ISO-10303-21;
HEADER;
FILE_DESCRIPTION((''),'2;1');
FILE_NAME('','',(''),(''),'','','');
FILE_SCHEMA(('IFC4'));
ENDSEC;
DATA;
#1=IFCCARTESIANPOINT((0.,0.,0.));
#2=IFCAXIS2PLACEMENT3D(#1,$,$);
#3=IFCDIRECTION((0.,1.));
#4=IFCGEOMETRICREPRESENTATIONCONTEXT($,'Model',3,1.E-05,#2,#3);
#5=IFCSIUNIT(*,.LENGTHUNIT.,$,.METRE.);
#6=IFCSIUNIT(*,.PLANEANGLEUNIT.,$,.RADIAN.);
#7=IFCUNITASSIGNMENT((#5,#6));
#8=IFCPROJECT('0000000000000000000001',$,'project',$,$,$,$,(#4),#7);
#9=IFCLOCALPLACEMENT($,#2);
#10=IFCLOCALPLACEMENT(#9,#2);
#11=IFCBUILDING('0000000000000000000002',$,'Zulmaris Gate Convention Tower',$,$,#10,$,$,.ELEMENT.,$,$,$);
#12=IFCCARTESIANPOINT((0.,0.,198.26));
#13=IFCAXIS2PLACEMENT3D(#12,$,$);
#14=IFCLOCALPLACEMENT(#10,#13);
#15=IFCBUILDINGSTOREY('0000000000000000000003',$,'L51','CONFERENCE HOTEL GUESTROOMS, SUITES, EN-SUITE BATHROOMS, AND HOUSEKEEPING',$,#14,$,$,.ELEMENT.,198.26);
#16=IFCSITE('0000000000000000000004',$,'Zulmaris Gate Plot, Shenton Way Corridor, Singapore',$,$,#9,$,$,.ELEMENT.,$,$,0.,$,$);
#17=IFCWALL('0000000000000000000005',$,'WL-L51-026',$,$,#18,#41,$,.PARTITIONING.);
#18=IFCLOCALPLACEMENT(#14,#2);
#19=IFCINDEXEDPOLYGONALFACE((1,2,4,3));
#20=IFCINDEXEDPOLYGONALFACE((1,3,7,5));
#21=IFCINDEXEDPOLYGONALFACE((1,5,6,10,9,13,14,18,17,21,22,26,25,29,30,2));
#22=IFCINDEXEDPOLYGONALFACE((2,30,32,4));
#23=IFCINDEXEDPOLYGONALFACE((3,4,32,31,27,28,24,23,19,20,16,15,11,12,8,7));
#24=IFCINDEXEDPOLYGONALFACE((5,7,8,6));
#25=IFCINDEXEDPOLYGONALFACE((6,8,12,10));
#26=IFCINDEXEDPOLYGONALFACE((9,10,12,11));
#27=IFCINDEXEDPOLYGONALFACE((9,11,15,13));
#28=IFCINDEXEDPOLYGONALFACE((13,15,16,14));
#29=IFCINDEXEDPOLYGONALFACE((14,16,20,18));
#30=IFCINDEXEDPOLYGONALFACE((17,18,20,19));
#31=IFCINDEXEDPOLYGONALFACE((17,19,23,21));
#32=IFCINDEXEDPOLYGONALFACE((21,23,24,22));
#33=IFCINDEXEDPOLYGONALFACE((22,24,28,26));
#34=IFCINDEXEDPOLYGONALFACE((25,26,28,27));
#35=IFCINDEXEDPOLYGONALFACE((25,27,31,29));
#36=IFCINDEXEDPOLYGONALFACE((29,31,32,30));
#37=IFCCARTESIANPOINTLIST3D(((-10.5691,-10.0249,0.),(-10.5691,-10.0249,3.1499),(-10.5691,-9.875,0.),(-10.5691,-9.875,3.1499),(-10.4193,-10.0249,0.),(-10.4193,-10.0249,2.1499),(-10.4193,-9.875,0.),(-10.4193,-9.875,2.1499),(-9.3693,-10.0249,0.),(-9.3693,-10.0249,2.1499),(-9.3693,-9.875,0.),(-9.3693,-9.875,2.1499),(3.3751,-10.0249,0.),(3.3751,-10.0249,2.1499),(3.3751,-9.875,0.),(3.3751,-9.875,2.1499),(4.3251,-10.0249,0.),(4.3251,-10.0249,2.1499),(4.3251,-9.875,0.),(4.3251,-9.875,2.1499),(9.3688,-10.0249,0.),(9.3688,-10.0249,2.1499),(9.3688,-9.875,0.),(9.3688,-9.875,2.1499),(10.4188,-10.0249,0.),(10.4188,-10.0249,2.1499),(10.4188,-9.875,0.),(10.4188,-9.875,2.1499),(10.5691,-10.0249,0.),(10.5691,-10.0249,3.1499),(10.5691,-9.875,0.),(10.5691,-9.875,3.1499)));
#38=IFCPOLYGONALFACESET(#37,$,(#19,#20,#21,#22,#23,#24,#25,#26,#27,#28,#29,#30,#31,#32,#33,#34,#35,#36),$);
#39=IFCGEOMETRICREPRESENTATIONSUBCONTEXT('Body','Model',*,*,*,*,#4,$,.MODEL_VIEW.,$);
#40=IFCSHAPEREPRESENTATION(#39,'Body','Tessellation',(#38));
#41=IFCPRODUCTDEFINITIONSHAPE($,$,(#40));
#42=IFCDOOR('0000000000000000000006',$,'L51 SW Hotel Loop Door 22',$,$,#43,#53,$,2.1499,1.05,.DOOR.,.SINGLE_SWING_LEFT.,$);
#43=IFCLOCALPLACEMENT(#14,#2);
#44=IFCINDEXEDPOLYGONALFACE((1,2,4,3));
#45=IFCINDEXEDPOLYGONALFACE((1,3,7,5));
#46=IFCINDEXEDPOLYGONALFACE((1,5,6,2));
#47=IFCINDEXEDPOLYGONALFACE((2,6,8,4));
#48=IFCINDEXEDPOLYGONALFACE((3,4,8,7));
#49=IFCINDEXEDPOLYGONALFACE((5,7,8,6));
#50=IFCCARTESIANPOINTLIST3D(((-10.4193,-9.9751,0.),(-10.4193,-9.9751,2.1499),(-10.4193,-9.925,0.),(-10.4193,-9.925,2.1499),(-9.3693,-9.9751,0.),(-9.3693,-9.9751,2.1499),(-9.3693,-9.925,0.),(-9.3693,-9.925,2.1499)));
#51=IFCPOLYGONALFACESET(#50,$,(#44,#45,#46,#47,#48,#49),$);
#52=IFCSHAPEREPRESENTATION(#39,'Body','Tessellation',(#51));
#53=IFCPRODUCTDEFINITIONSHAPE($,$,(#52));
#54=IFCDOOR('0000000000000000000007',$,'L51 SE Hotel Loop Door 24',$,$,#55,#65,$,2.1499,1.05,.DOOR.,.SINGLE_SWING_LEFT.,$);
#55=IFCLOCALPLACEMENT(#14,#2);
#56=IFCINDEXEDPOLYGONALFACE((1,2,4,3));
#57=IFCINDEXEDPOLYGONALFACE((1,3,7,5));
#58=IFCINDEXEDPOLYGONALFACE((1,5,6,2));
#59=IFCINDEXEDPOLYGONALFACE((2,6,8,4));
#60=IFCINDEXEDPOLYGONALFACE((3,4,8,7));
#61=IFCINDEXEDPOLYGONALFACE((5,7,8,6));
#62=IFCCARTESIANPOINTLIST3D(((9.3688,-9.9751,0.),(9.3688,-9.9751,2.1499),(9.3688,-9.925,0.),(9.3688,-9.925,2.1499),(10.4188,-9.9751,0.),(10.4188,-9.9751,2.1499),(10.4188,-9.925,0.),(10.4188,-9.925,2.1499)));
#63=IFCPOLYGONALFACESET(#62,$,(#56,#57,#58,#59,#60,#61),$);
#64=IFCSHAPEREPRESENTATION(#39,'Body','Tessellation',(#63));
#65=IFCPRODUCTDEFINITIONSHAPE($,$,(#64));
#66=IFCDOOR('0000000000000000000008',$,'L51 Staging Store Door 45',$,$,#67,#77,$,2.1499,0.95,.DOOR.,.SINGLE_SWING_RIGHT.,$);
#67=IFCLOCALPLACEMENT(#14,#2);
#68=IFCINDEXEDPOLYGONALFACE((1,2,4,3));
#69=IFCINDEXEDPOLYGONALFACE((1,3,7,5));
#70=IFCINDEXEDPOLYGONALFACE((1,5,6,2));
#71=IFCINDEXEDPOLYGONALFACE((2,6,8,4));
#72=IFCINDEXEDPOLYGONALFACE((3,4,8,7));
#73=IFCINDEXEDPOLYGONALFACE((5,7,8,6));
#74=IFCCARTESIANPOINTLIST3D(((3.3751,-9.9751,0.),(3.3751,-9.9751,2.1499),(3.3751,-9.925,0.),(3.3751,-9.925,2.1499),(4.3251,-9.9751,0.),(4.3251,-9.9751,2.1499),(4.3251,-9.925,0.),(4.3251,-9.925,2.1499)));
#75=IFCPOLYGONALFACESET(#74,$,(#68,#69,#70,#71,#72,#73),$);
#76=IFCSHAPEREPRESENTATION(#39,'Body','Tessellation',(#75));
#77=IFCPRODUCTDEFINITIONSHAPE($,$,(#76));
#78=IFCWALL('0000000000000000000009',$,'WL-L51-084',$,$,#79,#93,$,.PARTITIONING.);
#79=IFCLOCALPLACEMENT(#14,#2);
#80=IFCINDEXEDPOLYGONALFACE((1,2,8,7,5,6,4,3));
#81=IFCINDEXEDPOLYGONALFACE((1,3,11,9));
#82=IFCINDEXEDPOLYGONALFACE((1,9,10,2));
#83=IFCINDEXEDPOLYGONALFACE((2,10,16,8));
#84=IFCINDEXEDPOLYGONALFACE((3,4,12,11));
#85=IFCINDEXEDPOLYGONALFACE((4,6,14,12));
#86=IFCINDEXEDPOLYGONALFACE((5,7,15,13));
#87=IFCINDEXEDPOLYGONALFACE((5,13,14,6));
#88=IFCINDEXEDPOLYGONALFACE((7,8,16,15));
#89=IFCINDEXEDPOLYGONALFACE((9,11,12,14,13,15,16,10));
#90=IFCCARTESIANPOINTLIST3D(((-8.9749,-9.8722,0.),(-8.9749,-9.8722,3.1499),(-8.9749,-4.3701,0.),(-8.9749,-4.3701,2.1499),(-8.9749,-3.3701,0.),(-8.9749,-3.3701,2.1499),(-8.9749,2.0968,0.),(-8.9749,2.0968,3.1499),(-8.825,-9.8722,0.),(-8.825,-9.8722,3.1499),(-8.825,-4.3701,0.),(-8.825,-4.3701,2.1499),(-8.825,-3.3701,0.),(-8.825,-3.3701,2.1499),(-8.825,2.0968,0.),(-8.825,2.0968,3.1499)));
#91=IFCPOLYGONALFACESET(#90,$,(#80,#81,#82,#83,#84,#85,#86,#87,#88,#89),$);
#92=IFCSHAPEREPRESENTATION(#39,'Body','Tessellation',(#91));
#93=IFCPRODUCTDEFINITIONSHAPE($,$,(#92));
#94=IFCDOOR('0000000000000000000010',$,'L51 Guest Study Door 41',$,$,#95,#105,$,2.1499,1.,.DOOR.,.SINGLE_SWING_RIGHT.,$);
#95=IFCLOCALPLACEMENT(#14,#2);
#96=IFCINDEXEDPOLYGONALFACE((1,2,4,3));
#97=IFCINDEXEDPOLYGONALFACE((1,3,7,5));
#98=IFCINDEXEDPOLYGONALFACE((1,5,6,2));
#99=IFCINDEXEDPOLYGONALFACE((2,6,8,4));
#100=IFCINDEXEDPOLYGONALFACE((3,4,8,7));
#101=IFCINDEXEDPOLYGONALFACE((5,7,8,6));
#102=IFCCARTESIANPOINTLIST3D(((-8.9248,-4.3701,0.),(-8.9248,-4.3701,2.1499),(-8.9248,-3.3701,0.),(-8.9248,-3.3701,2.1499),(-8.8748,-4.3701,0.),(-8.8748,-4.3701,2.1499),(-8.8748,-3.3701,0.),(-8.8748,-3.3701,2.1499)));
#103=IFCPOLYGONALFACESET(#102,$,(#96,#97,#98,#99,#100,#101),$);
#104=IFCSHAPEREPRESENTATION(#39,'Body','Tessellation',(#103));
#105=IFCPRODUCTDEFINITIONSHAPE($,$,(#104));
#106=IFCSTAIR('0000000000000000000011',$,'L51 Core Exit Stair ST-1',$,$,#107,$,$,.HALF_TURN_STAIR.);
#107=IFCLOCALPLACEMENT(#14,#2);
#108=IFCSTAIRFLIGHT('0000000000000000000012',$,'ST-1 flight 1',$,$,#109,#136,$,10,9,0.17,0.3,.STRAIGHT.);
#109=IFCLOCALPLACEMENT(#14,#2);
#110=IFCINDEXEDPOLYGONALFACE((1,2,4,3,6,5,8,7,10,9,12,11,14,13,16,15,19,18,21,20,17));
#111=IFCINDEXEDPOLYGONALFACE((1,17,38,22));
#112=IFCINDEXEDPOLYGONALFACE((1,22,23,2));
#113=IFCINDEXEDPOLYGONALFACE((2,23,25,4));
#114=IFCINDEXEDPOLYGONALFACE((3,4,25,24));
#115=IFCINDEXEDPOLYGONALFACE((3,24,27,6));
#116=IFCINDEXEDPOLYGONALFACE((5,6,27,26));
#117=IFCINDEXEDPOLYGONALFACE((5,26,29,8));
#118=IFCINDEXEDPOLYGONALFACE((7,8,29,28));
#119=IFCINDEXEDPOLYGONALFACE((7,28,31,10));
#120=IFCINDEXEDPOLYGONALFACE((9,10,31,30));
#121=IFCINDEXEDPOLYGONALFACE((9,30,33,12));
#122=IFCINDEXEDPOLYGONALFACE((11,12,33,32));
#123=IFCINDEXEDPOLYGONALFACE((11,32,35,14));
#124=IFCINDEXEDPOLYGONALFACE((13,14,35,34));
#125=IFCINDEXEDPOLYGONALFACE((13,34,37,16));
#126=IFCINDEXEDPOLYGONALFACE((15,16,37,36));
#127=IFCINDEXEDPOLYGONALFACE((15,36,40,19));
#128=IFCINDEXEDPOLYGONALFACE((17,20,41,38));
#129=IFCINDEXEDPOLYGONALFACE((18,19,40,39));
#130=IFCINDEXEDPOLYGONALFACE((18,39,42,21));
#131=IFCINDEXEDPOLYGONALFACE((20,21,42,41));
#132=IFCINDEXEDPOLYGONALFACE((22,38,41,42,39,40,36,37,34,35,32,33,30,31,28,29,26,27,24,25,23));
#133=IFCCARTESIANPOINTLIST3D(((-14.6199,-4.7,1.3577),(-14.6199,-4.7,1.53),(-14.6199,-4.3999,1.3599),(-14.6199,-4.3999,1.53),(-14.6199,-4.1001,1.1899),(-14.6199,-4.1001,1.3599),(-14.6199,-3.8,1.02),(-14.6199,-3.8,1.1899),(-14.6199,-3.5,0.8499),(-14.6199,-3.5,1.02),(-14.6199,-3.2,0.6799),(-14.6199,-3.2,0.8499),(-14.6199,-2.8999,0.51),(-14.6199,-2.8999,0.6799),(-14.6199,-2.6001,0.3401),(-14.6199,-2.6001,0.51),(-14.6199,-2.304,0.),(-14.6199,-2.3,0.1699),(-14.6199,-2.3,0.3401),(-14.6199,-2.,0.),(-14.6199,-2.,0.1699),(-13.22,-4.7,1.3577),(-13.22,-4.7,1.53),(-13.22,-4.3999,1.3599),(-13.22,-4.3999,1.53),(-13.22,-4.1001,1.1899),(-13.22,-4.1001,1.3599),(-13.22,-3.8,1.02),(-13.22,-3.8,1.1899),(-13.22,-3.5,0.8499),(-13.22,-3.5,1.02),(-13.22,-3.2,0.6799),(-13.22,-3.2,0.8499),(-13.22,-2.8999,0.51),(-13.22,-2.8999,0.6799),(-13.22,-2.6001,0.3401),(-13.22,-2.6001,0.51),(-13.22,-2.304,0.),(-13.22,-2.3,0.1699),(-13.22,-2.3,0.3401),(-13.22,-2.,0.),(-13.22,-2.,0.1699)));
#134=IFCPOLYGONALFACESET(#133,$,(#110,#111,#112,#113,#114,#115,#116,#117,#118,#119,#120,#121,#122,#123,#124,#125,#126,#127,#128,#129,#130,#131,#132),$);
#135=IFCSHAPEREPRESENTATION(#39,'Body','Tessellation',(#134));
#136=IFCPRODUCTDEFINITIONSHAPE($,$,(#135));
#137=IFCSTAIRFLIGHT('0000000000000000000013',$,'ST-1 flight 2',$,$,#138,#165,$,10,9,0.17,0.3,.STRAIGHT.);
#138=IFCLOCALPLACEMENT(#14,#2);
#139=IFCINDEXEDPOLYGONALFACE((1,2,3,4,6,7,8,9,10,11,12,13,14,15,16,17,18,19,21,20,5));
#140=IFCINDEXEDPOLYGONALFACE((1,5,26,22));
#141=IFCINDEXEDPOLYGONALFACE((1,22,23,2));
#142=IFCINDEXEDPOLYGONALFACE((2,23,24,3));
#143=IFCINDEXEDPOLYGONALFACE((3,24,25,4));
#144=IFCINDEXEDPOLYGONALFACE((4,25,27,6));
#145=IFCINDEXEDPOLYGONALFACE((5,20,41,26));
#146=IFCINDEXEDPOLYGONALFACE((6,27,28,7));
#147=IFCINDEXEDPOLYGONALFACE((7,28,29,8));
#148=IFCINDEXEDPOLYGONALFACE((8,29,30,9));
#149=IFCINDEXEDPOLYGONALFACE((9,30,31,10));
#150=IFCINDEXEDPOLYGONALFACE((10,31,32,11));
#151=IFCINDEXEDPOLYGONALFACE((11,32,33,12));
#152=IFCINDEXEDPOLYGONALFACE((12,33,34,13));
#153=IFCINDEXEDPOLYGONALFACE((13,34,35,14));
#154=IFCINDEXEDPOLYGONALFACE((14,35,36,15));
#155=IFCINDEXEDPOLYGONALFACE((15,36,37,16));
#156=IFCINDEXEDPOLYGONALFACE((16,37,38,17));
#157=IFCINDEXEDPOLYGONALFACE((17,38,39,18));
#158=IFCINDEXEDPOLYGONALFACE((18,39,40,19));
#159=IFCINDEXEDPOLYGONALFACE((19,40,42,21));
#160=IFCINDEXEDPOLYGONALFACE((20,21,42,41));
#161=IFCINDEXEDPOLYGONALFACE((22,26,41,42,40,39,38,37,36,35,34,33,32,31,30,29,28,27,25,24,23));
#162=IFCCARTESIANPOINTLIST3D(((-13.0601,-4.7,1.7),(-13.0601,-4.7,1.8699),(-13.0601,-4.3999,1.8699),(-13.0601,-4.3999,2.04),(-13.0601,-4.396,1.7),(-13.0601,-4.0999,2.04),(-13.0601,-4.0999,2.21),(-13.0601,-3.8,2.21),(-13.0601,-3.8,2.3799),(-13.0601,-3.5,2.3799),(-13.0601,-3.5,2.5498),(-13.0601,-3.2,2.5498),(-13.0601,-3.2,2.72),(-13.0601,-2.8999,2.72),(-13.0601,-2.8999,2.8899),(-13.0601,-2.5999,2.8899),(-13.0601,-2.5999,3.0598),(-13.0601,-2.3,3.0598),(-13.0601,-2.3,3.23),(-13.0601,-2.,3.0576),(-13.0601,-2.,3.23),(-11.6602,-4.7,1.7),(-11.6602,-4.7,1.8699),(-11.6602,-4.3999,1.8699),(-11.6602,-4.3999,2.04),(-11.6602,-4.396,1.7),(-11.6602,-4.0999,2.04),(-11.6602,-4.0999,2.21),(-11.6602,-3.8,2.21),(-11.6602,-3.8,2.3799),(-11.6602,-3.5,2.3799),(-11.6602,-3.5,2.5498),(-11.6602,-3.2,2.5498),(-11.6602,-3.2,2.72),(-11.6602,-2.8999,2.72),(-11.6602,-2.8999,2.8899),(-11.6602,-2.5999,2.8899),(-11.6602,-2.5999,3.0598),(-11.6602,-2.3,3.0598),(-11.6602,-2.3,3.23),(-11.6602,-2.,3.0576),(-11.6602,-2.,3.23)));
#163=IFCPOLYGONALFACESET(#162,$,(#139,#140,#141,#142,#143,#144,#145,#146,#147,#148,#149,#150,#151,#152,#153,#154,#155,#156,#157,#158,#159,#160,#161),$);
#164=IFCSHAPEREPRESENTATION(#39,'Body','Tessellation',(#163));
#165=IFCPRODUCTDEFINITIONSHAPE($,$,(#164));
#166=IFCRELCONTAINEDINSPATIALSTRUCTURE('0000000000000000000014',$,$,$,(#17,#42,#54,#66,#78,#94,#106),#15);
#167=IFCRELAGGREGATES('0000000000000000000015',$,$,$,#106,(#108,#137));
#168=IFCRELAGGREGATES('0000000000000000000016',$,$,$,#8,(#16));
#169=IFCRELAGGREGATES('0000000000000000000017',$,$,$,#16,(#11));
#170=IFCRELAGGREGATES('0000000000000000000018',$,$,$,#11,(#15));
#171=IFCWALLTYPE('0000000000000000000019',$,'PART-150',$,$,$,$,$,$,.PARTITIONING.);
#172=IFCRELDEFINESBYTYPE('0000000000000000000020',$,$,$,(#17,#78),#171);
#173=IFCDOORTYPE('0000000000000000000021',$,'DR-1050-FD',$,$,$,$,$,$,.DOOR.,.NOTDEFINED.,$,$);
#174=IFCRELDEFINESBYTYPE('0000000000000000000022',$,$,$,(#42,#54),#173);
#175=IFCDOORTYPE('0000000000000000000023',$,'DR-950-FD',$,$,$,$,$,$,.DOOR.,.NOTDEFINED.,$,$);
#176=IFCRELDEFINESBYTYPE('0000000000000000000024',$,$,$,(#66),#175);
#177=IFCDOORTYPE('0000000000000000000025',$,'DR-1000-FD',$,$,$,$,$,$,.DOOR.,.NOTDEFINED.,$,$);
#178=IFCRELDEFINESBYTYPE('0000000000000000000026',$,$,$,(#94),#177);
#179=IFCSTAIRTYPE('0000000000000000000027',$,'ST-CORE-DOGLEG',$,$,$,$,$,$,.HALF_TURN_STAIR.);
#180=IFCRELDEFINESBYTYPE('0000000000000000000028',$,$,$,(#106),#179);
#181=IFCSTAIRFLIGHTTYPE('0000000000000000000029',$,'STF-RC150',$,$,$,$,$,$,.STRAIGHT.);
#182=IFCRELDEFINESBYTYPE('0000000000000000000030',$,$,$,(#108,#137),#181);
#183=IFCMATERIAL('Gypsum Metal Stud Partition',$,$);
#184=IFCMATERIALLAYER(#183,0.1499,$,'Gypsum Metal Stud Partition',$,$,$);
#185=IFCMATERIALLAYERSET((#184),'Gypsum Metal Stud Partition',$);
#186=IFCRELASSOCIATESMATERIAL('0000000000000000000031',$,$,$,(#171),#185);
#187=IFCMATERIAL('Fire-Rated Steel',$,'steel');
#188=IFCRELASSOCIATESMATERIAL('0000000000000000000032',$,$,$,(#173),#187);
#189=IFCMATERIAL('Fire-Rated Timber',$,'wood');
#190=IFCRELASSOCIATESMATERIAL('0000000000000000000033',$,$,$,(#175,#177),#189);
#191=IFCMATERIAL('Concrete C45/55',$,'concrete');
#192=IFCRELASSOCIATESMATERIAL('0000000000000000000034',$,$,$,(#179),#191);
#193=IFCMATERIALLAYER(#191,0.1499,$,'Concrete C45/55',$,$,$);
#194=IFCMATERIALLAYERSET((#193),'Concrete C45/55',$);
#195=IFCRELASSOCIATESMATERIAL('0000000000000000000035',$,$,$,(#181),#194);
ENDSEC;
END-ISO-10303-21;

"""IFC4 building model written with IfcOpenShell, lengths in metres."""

from ifc_helpers import new_model, si_unit, direction, frame, frame_2d, origin, place, context, subcontext, project, spatial, polyline, rectangle, outline, extrude, material, layer, layer_set, type_object, element, fill, aggregate, save


model = new_model("IFC4")

# Units and contexts
model_context = context("Model", 3, precision=1e-05, world=origin(), true_north=direction((0.0, 1.0)))
body_context = subcontext(model_context, "Body", "Model", "MODEL_VIEW")
ifc_project = project(units=[si_unit("LENGTHUNIT", "METRE"), si_unit("PLANEANGLEUNIT", "RADIAN")], contexts=[model_context])

# Site, building, storey
site_placement = place(None, origin())
site = spatial("IfcSite", under=ifc_project, at=site_placement, Name="Zulmaris Gate Plot, Shenton Way Corridor, Singapore", CompositionType="ELEMENT", RefElevation=0.0)
building_placement = place(site_placement, origin())
building = spatial("IfcBuilding", under=site, at=building_placement, Name="Zulmaris Gate Convention Tower", CompositionType="ELEMENT")
storey_placement = place(building_placement, frame((0.0, 0.0, 198.26)))
storey = spatial("IfcBuildingStorey", under=building, at=storey_placement, Name="L51", Description="CONFERENCE HOTEL GUESTROOMS, SUITES, EN-SUITE BATHROOMS, AND HOUSEKEEPING", CompositionType="ELEMENT", Elevation=198.26)

# Wall, openings, doors
ifc_material_1 = material(Name="Gypsum Metal Stud Partition")
ifc_layer_1 = layer(ifc_material_1, 0.1499, Name="Gypsum Metal Stud Partition")
ifc_layer_set_1 = layer_set([ifc_layer_1], Name="Gypsum Metal Stud Partition")
wall_type_1 = type_object("IfcWallType", Name="PART-150", PredefinedType="PARTITIONING", material=ifc_layer_set_1)
wall_1_placement = place(storey_placement, frame((-10.5691, -9.95, 0.0), z_axis=(0.0, 0.0, 1.0), x_axis=(1.0, 0.0, 0.0)))
wall_1 = element("IfcWall", 1, at=wall_1_placement, inside=storey, type_object=wall_type_1, Name="WL-L51-026", PredefinedType="PARTITIONING", context=body_context, shape_type="SweptSolid", body=[
    extrude(rectangle(XDim=21.1382, YDim=0.1499, at=frame_2d((10.5691, 0.0))), origin(), (0.0, 0.0, 1.0), 3.1499),
])
opening_1_placement = place(wall_1_placement, frame((0.1499, 0.0, 0.0)))
opening_1 = element("IfcOpeningElement", 2, at=opening_1_placement, cuts=wall_1, PredefinedType="OPENING", context=body_context, shape_type="SweptSolid", body=[
    extrude(rectangle(XDim=1.05, YDim=2.1499, at=frame_2d((0.5249, 1.075))), frame((0.0, 0.085, 0.0), z_axis=(0.0, -1.0, 0.0), x_axis=(1.0, 0.0, 0.0)), (0.0, 0.0, 1.0), 0.1699),
])
opening_2_placement = place(wall_1_placement, frame((19.938, 0.0, 0.0)))
opening_2 = element("IfcOpeningElement", 3, at=opening_2_placement, cuts=wall_1, PredefinedType="OPENING", context=body_context, shape_type="SweptSolid", body=[
    extrude(rectangle(XDim=1.05, YDim=2.1499, at=frame_2d((0.5249, 1.075))), frame((0.0, 0.085, 0.0), z_axis=(0.0, -1.0, 0.0), x_axis=(1.0, 0.0, 0.0)), (0.0, 0.0, 1.0), 0.1699),
])
opening_3_placement = place(wall_1_placement, frame((13.9441, 0.0, 0.0)))
opening_3 = element("IfcOpeningElement", 4, at=opening_3_placement, cuts=wall_1, PredefinedType="OPENING", context=body_context, shape_type="SweptSolid", body=[
    extrude(rectangle(XDim=0.95, YDim=2.1499, at=frame_2d((0.4751, 1.075))), frame((0.0, 0.085, 0.0), z_axis=(0.0, -1.0, 0.0), x_axis=(1.0, 0.0, 0.0)), (0.0, 0.0, 1.0), 0.1699),
])
ifc_material_2 = material(Name="Fire-Rated Steel", Category="steel")
door_type_1 = type_object("IfcDoorType", Name="DR-1050-FD", OperationType="NOTDEFINED", PredefinedType="DOOR", material=ifc_material_2)
door_1_placement = place(opening_1_placement, origin())
door_1 = element("IfcDoor", 5, at=door_1_placement, inside=storey, type_object=door_type_1, Name="L51 SW Hotel Loop Door 22", OperationType="SINGLE_SWING_LEFT", OverallHeight=2.1499, OverallWidth=1.05, PredefinedType="DOOR", context=body_context, shape_type="SweptSolid", body=[
    extrude(rectangle(XDim=1.05, YDim=2.1499, at=frame_2d((0.5249, 1.075))), frame((0.0, 0.0249, 0.0), z_axis=(0.0, -1.0, 0.0), x_axis=(1.0, 0.0, 0.0)), (0.0, 0.0, 1.0), 0.05),
])
fill(opening_1, door_1)
door_2_placement = place(opening_2_placement, origin())
door_2 = element("IfcDoor", 6, at=door_2_placement, inside=storey, type_object=door_type_1, Name="L51 SE Hotel Loop Door 24", OperationType="SINGLE_SWING_LEFT", OverallHeight=2.1499, OverallWidth=1.05, PredefinedType="DOOR", context=body_context, shape_type="SweptSolid", body=[
    extrude(rectangle(XDim=1.05, YDim=2.1499, at=frame_2d((0.5249, 1.075))), frame((0.0, 0.0249, 0.0), z_axis=(0.0, -1.0, 0.0), x_axis=(1.0, 0.0, 0.0)), (0.0, 0.0, 1.0), 0.05),
])
fill(opening_2, door_2)
ifc_material_3 = material(Name="Fire-Rated Timber", Category="wood")
door_type_2 = type_object("IfcDoorType", Name="DR-950-FD", OperationType="NOTDEFINED", PredefinedType="DOOR", material=ifc_material_3)
door_3_placement = place(opening_3_placement, origin())
door_3 = element("IfcDoor", 7, at=door_3_placement, inside=storey, type_object=door_type_2, Name="L51 Staging Store Door 45", OperationType="SINGLE_SWING_RIGHT", OverallHeight=2.1499, OverallWidth=0.95, PredefinedType="DOOR", context=body_context, shape_type="SweptSolid", body=[
    extrude(rectangle(XDim=0.95, YDim=2.1499, at=frame_2d((0.4751, 1.075))), frame((0.0, 0.0249, 0.0), z_axis=(0.0, -1.0, 0.0), x_axis=(1.0, 0.0, 0.0)), (0.0, 0.0, 1.0), 0.05),
])
fill(opening_3, door_3)

# Wall, opening, door
wall_2_placement = place(storey_placement, frame((-8.8999, -9.8721, 0.0), z_axis=(0.0, 0.0, 1.0), x_axis=(0.0, 1.0, 0.0)))
wall_2 = element("IfcWall", 8, at=wall_2_placement, inside=storey, type_object=wall_type_1, Name="WL-L51-084", PredefinedType="PARTITIONING", context=body_context, shape_type="SweptSolid", body=[
    extrude(rectangle(XDim=11.969, YDim=0.1499, at=frame_2d((5.9844, 0.0))), origin(), (0.0, 0.0, 1.0), 3.1499),
])
opening_4_placement = place(wall_2_placement, frame((5.502, 0.0, 0.0)))
opening_4 = element("IfcOpeningElement", 9, at=opening_4_placement, cuts=wall_2, PredefinedType="OPENING", context=body_context, shape_type="SweptSolid", body=[
    extrude(rectangle(XDim=1.0, YDim=2.1499, at=frame_2d((0.5, 1.075))), frame((0.0, 0.085, 0.0), z_axis=(0.0, -1.0, 0.0), x_axis=(1.0, 0.0, 0.0)), (0.0, 0.0, 1.0), 0.1699),
])
door_type_3 = type_object("IfcDoorType", Name="DR-1000-FD", OperationType="NOTDEFINED", PredefinedType="DOOR", material=ifc_material_3)
door_4_placement = place(opening_4_placement, origin())
door_4 = element("IfcDoor", 10, at=door_4_placement, inside=storey, type_object=door_type_3, Name="L51 Guest Study Door 41", OperationType="SINGLE_SWING_RIGHT", OverallHeight=2.1499, OverallWidth=1.0, PredefinedType="DOOR", context=body_context, shape_type="SweptSolid", body=[
    extrude(rectangle(XDim=1.0, YDim=2.1499, at=frame_2d((0.5, 1.075))), frame((0.0, 0.0249, 0.0), z_axis=(0.0, -1.0, 0.0), x_axis=(1.0, 0.0, 0.0)), (0.0, 0.0, 1.0), 0.05),
])
fill(opening_4, door_4)

# Stair, stair flights
ifc_material_4 = material(Name="Concrete C45/55", Category="concrete")
stair_type = type_object("IfcStairType", Name="ST-CORE-DOGLEG", PredefinedType="HALF_TURN_STAIR", material=ifc_material_4)
stair_1_placement = place(storey_placement, origin())
stair_1 = element("IfcStair", 11, at=stair_1_placement, inside=storey, type_object=stair_type, Name="L51 Core Exit Stair ST-1", PredefinedType="HALF_TURN_STAIR")
ifc_layer_2 = layer(ifc_material_4, 0.1499, Name="Concrete C45/55")
ifc_layer_set_2 = layer_set([ifc_layer_2], Name="Concrete C45/55")
stair_flight_type = type_object("IfcStairFlightType", Name="STF-RC150", PredefinedType="STRAIGHT", material=ifc_layer_set_2)
stair_flight_1_placement = place(storey_placement, frame((-13.9199, -2.0, 0.0), z_axis=(0.0, 0.0, 1.0), x_axis=(0.0, -1.0, 0.0)))
stair_flight_1 = element("IfcStairFlight", 12, at=stair_flight_1_placement, type_object=stair_flight_type, Name="ST-1 flight 1", NumberOfRisers=10, NumberOfTreads=9, PredefinedType="STRAIGHT", RiserHeight=0.17, TreadLength=0.3, context=body_context, shape_type="SweptSolid", body=[
    extrude(outline(polyline([(0.0, 0.0), (0.0, 0.1699), (0.3, 0.1699), (0.3, 0.3401), (0.6001, 0.3401), (0.6001, 0.51), (0.8999, 0.51), (0.8999, 0.6799), (1.2, 0.6799), (1.2, 0.8499), (1.5, 0.8499), (1.5, 1.02), (1.8, 1.02), (1.8, 1.1899), (2.1001, 1.1899), (2.1001, 1.3599), (2.3999, 1.3599), (2.3999, 1.53), (2.7, 1.53), (2.7, 1.7), (2.7, 1.3577), (0.304, 0.0), (0.0, 0.0)])), frame((0.0, 0.7, 0.0), z_axis=(0.0, -1.0, 0.0), x_axis=(1.0, 0.0, 0.0)), (0.0, 0.0, 1.0), 1.3999),
])
stair_flight_2_placement = place(storey_placement, frame((-12.3601, -4.7, 1.7), z_axis=(0.0, 0.0, 1.0), x_axis=(0.0, 1.0, 0.0)))
stair_flight_2 = element("IfcStairFlight", 13, at=stair_flight_2_placement, type_object=stair_flight_type, Name="ST-1 flight 2", NumberOfRisers=10, NumberOfTreads=9, PredefinedType="STRAIGHT", RiserHeight=0.17, TreadLength=0.3, context=body_context, shape_type="SweptSolid", body=[
    extrude(outline(polyline([(0.0, 0.0), (0.0, 0.1699), (0.3, 0.1699), (0.3, 0.3401), (0.6001, 0.3401), (0.6001, 0.51), (0.8999, 0.51), (0.8999, 0.6799), (1.2, 0.6799), (1.2, 0.8499), (1.5, 0.8499), (1.5, 1.02), (1.8, 1.02), (1.8, 1.1899), (2.1001, 1.1899), (2.1001, 1.3599), (2.3999, 1.3599), (2.3999, 1.53), (2.7, 1.53), (2.7, 1.7), (2.7, 1.3577), (0.304, 0.0), (0.0, 0.0)])), frame((0.0, 0.7, 0.0), z_axis=(0.0, -1.0, 0.0), x_axis=(1.0, 0.0, 0.0)), (0.0, 0.0, 1.0), 1.3999),
])
aggregate(stair_1, [stair_flight_1, stair_flight_2])

save(model, "model.ifc")
